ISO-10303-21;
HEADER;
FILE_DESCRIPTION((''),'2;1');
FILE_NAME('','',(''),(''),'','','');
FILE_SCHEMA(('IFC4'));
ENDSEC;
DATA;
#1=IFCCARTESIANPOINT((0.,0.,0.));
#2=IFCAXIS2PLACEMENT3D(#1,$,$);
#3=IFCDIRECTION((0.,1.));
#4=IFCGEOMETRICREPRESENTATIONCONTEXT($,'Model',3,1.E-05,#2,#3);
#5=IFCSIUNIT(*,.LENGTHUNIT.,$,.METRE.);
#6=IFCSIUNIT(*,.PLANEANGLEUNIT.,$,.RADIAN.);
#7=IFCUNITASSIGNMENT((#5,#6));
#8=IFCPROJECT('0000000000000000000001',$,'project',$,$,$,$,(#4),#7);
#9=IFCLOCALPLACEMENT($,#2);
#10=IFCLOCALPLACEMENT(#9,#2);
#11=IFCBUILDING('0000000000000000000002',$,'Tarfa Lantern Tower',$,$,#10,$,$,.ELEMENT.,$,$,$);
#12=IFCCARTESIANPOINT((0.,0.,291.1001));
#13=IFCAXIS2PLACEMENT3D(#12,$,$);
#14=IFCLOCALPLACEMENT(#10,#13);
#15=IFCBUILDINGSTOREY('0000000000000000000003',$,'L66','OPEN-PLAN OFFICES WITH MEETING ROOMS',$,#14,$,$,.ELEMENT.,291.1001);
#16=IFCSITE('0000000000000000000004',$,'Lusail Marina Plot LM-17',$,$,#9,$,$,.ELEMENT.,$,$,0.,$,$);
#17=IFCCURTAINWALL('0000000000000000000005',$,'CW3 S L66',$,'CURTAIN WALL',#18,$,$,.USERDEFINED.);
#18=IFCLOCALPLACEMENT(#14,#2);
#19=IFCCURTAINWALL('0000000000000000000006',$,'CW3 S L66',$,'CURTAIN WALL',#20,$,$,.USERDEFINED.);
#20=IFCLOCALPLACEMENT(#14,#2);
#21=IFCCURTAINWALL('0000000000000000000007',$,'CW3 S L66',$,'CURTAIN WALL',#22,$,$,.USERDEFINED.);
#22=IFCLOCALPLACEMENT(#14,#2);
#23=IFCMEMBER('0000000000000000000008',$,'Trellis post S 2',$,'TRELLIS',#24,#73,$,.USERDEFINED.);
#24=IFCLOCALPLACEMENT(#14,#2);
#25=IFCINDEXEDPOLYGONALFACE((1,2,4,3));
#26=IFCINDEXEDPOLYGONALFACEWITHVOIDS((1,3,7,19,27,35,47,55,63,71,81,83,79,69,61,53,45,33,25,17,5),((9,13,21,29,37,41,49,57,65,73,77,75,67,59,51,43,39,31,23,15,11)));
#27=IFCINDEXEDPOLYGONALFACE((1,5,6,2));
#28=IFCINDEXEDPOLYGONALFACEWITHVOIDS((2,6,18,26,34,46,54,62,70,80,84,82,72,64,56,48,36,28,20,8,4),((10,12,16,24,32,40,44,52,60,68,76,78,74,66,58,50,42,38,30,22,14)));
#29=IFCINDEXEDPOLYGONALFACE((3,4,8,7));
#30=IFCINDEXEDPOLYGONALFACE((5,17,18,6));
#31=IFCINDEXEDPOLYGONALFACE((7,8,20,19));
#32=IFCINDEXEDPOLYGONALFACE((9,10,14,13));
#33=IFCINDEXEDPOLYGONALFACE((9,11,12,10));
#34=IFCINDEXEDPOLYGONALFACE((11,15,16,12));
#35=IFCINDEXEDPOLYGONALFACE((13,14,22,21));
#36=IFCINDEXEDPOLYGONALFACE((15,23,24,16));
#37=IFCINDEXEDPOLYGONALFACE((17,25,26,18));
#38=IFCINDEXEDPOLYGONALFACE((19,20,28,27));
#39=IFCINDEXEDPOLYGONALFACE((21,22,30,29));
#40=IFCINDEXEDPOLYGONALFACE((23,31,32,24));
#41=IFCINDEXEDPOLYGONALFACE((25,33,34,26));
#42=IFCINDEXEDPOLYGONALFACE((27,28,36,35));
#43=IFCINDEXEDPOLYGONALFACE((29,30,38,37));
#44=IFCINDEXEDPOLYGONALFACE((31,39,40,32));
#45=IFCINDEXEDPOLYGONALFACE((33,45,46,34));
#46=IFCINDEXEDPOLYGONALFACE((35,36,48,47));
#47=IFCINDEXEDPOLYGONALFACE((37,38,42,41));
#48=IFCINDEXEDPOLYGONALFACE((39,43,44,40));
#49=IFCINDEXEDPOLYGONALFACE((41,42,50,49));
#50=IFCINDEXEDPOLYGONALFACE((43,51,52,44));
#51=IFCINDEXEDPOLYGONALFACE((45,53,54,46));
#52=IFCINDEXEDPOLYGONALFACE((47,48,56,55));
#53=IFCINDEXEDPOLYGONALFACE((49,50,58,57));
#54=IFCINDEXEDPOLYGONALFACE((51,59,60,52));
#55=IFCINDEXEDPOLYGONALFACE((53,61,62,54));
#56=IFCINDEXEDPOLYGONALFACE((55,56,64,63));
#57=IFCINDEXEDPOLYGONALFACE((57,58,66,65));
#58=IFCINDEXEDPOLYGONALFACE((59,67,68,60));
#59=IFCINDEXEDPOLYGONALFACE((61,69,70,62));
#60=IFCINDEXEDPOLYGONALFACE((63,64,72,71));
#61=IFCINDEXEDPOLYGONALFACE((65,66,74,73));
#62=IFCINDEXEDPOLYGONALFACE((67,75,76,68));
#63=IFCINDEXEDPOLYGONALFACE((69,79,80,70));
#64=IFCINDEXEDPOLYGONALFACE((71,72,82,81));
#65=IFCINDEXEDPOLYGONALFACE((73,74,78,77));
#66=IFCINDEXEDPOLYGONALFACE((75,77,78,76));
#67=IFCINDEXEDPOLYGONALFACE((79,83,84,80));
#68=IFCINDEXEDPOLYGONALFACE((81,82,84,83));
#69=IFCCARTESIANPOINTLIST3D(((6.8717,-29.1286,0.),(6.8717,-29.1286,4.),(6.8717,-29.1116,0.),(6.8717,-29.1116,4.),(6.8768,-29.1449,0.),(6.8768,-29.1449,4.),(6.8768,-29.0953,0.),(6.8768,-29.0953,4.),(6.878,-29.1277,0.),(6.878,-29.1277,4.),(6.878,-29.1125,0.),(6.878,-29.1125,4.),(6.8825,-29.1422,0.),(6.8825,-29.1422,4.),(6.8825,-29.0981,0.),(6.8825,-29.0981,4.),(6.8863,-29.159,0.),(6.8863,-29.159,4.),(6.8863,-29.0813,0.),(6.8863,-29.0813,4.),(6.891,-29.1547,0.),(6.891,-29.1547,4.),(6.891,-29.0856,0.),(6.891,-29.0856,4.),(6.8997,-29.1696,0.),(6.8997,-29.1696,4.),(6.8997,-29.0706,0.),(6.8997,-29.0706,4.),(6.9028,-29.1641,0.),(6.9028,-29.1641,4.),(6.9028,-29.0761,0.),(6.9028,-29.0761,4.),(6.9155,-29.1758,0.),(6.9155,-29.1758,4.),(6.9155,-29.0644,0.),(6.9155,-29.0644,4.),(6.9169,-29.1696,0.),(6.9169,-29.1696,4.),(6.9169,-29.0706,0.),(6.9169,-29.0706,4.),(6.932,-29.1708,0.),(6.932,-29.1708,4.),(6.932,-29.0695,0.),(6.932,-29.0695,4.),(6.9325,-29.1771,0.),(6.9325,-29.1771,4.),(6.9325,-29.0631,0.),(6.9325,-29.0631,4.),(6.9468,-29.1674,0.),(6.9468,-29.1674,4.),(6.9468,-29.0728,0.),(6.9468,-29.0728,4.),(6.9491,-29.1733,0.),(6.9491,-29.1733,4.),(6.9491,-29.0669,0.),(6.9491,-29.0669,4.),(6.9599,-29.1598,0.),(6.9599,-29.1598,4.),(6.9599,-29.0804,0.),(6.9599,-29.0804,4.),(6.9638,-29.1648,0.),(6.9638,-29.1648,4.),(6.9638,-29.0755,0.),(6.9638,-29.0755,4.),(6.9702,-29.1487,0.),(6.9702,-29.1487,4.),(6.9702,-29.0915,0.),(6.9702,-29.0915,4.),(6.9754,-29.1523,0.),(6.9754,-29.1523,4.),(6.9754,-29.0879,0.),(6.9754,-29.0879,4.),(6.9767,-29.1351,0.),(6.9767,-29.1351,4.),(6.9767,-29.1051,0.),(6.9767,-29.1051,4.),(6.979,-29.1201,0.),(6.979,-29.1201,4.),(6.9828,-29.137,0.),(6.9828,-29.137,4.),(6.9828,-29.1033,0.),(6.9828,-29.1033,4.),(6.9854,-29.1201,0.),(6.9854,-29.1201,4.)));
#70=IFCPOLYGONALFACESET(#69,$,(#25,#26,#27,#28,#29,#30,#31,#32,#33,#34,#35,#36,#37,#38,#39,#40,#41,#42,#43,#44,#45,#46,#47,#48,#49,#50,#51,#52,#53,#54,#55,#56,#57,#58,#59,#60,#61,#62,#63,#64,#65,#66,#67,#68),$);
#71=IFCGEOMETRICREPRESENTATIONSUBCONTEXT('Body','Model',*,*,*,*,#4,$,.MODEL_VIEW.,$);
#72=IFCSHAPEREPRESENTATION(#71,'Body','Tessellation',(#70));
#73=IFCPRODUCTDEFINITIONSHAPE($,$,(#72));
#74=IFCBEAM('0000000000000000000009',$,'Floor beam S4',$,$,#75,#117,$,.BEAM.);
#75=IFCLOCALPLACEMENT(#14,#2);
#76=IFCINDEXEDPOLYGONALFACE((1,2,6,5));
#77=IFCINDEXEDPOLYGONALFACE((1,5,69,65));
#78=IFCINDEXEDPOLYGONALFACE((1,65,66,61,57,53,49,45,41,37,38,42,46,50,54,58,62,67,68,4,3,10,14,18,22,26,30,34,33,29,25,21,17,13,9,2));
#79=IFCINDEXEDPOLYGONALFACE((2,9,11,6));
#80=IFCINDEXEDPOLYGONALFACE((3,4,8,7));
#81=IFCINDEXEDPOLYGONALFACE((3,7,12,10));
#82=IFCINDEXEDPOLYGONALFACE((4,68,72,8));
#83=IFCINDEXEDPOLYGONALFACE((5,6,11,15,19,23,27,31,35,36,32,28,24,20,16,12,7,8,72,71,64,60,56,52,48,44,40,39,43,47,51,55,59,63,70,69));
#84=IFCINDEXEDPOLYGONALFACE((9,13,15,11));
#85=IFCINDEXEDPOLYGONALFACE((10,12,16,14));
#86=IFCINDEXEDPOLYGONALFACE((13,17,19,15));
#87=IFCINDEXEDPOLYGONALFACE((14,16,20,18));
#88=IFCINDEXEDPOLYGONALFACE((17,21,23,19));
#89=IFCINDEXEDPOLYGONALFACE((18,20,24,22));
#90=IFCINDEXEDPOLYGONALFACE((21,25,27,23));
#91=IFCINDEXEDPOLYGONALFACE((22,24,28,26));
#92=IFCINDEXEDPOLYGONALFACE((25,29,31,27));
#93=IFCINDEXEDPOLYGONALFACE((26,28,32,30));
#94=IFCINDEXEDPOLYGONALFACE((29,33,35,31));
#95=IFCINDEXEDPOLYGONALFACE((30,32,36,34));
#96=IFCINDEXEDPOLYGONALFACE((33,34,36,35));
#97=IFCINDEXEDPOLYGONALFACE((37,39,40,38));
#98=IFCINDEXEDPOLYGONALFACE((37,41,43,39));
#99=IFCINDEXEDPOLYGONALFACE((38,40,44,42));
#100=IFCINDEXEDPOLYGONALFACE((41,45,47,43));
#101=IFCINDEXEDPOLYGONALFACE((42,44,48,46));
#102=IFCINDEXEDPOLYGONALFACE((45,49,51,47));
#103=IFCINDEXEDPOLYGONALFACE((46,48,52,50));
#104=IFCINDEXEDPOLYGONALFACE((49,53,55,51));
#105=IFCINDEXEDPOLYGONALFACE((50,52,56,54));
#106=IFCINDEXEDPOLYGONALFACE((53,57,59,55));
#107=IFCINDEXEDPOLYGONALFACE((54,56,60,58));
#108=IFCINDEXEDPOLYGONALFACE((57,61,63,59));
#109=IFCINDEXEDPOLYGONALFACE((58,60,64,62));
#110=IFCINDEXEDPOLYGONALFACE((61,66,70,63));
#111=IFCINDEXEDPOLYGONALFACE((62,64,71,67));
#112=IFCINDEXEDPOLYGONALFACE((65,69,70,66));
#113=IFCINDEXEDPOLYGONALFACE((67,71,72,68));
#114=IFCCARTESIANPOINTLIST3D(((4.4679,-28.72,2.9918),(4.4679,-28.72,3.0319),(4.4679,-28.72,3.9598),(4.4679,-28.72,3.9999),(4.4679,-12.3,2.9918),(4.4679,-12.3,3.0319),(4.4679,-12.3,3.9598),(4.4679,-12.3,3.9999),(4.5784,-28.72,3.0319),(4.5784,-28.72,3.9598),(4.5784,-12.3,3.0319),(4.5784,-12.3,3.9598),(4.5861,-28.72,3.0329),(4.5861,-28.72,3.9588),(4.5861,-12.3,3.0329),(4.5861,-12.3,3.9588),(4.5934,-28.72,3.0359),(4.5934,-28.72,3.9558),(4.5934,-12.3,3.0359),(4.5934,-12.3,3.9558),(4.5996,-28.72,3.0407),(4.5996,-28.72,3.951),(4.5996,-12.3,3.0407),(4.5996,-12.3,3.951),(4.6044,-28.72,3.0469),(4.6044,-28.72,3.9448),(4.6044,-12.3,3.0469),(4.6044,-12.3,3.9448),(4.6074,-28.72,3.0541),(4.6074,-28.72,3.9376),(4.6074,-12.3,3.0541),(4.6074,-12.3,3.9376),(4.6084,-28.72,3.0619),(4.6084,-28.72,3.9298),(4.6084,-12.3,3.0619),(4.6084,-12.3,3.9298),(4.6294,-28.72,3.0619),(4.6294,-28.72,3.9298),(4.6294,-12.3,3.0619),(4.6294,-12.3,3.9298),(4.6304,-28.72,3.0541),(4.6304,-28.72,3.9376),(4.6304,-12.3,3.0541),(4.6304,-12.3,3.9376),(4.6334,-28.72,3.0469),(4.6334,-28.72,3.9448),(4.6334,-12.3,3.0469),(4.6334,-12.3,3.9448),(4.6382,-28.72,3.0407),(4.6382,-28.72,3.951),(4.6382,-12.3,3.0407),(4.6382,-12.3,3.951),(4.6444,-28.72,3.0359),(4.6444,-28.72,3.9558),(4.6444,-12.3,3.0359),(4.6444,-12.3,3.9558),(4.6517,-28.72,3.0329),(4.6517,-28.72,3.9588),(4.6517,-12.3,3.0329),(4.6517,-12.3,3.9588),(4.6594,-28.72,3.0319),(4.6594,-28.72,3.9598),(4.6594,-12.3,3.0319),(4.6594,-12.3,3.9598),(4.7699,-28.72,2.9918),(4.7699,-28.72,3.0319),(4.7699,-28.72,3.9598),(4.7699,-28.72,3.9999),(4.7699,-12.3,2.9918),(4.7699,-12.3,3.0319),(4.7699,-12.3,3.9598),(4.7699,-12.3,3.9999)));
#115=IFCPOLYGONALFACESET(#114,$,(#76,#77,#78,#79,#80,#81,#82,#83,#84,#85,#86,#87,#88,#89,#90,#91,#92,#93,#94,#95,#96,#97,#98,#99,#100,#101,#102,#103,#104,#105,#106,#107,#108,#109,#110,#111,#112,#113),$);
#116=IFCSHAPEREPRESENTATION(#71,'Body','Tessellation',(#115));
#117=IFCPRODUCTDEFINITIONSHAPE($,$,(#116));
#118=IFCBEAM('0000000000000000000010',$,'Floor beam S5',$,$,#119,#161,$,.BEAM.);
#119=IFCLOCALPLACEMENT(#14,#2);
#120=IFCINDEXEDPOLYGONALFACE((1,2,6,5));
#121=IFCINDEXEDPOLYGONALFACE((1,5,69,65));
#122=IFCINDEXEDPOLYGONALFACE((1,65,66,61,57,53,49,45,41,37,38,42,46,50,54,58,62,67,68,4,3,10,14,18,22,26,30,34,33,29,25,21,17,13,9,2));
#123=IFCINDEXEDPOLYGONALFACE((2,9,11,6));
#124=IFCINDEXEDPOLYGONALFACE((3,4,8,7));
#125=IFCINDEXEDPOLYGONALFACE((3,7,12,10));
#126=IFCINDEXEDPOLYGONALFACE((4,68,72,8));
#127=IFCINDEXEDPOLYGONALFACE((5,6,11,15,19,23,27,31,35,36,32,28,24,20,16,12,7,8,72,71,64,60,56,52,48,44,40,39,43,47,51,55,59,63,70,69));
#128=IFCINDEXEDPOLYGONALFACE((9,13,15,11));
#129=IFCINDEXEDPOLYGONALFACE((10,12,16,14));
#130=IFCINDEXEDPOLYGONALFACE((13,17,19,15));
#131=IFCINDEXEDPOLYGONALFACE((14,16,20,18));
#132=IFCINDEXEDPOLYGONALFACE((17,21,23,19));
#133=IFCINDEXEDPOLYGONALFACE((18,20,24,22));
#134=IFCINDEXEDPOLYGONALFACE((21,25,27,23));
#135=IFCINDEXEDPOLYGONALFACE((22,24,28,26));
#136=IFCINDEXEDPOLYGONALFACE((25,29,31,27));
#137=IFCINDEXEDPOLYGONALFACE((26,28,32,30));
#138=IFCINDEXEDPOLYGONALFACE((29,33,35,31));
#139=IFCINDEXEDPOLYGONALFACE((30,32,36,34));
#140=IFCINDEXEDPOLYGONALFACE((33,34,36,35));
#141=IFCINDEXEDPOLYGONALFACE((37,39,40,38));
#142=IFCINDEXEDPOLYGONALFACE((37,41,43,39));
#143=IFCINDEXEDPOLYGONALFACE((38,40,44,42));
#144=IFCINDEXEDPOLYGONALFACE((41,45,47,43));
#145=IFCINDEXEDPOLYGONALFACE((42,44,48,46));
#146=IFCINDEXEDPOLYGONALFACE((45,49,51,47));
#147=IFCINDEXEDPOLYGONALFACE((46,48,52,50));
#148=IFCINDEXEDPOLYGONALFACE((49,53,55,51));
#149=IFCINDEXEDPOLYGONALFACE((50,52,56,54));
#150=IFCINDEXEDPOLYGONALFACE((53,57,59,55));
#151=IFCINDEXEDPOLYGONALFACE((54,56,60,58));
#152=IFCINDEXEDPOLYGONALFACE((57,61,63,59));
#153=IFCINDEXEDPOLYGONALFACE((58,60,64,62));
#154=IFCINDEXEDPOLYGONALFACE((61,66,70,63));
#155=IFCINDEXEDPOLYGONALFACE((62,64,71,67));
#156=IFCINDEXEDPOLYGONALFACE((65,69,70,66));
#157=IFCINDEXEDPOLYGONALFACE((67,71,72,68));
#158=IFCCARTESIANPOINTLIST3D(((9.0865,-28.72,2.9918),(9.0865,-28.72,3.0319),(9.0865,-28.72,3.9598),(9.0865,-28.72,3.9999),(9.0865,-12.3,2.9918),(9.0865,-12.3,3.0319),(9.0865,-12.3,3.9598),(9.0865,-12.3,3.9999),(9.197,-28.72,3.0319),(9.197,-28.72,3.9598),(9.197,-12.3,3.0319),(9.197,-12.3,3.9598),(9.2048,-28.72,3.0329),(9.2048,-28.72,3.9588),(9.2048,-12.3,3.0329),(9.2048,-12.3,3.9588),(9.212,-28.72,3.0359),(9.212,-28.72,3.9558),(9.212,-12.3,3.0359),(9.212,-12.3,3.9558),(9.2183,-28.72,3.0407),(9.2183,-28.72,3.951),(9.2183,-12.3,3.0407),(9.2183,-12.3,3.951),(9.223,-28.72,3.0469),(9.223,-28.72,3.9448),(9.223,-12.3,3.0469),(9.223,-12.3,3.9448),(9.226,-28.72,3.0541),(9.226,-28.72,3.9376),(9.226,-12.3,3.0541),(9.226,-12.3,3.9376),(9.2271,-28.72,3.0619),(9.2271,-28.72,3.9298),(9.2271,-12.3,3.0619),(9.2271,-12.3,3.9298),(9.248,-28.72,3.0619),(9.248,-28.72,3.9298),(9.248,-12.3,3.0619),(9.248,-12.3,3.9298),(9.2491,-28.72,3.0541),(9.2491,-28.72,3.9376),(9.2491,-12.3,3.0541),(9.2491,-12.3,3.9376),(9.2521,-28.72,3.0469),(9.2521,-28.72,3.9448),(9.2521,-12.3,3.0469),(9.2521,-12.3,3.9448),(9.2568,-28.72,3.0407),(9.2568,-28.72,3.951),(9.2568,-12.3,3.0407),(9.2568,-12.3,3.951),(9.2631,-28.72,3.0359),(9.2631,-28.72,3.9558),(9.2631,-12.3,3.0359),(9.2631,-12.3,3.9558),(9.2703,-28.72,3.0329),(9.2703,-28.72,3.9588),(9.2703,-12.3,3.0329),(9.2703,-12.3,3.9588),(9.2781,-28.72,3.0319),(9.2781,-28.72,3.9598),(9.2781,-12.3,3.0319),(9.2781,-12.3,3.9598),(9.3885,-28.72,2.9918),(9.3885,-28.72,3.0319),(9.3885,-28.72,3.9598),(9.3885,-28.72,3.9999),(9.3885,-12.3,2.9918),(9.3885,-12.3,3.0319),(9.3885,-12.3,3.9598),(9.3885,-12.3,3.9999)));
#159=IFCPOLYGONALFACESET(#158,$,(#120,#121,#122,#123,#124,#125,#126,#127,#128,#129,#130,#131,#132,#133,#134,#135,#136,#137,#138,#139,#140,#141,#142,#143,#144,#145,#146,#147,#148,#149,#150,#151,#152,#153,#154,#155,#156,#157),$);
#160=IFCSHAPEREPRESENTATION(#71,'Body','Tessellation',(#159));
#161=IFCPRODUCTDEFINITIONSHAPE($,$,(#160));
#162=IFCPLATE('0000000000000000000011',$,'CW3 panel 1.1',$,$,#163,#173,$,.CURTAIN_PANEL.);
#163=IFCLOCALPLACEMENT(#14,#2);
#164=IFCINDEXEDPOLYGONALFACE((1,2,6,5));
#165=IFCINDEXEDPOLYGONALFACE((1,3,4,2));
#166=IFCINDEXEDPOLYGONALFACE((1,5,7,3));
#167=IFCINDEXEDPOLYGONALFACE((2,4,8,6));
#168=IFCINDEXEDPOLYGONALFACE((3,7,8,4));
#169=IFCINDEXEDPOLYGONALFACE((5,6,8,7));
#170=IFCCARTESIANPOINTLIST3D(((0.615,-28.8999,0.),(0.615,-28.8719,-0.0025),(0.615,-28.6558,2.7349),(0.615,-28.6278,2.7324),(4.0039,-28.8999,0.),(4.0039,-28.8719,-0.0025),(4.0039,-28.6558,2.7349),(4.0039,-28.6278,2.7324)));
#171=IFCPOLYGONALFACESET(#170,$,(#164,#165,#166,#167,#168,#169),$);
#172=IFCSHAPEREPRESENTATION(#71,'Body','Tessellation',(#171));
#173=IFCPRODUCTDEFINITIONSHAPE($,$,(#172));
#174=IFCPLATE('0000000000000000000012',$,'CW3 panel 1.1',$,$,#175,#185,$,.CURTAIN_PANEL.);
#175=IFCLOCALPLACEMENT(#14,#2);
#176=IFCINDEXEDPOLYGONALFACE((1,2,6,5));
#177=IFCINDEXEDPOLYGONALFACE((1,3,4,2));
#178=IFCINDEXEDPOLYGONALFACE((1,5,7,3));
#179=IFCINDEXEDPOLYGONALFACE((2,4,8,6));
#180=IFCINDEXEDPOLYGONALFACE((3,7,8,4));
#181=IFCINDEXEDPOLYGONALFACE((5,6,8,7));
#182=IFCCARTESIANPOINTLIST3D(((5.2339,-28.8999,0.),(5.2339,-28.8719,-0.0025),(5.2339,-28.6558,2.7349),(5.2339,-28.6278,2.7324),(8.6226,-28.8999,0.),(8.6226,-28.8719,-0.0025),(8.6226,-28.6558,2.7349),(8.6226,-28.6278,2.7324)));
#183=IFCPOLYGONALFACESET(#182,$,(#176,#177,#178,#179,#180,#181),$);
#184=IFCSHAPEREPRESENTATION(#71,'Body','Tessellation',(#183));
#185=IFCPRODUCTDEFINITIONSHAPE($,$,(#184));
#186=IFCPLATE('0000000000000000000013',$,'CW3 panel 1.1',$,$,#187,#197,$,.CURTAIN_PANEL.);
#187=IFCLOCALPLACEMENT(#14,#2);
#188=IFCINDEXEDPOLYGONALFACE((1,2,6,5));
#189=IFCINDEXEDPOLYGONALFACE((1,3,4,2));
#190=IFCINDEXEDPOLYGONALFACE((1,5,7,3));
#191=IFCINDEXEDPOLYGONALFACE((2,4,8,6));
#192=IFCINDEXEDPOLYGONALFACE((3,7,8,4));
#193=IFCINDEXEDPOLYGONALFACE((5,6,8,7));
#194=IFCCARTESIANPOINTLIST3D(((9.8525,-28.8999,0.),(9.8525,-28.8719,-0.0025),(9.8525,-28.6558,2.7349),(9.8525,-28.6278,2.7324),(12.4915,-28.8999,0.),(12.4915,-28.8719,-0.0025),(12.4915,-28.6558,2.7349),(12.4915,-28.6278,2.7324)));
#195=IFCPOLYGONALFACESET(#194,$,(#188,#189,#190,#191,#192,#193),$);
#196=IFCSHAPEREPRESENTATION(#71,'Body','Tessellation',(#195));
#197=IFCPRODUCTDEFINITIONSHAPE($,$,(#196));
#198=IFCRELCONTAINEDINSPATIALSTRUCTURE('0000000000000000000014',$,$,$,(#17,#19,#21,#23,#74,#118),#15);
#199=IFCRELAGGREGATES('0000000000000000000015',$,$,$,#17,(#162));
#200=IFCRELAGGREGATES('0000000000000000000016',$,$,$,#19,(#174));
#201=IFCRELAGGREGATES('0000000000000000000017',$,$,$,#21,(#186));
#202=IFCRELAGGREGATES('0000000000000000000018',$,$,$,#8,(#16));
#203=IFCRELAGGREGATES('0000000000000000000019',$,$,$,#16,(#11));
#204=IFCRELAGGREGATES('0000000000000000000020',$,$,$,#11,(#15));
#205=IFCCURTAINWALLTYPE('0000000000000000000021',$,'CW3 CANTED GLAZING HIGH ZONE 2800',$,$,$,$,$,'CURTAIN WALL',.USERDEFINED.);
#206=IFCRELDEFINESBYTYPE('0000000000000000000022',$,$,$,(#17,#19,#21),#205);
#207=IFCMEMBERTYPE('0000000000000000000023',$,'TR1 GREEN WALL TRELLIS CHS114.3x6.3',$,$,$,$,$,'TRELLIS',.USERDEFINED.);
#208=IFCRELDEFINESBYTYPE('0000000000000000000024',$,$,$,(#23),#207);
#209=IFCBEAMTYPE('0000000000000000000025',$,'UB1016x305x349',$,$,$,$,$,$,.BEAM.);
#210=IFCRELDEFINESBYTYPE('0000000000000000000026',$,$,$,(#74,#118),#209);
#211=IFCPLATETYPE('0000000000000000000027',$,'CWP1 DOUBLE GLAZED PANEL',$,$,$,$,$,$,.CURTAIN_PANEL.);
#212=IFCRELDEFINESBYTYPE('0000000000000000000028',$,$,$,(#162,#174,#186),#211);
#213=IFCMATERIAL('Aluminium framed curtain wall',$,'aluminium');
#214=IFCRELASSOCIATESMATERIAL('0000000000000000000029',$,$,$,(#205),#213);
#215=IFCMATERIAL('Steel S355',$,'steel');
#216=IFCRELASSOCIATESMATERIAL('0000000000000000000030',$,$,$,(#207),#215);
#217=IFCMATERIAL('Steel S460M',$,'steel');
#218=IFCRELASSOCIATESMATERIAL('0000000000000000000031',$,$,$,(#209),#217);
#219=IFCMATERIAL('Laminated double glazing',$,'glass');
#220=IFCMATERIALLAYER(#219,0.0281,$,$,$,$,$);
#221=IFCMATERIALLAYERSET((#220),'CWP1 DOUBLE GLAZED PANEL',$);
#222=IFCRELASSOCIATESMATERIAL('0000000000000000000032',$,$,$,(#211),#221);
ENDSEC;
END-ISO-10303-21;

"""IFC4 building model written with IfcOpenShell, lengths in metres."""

from ifc_helpers import new_model, si_unit, direction, frame, origin, origin_2d, place, context, subcontext, project, spatial, polyline, hollow_circle, i_section, outline, extrude, material, layer, layer_set, material_profile, profile_set, type_object, element, aggregate, save


model = new_model("IFC4")

# Units and contexts
model_context = context("Model", 3, precision=1e-05, world=origin(), true_north=direction((0.0, 1.0)))
body_context = subcontext(model_context, "Body", "Model", "MODEL_VIEW")
ifc_project = project(units=[si_unit("LENGTHUNIT", "METRE"), si_unit("PLANEANGLEUNIT", "RADIAN")], contexts=[model_context])

# Site, building, storey
site_placement = place(None, origin())
site = spatial("IfcSite", under=ifc_project, at=site_placement, Name="Lusail Marina Plot LM-17", CompositionType="ELEMENT", RefElevation=0.0)
building_placement = place(site_placement, origin())
building = spatial("IfcBuilding", under=site, at=building_placement, Name="Tarfa Lantern Tower", CompositionType="ELEMENT")
storey_placement = place(building_placement, frame((0.0, 0.0, 291.1001)))
storey = spatial("IfcBuildingStorey", under=building, at=storey_placement, Name="L66", Description="OPEN-PLAN OFFICES WITH MEETING ROOMS", CompositionType="ELEMENT", Elevation=291.1001)

# Curtain walls
ifc_material_1 = material(Name="Aluminium framed curtain wall", Category="aluminium")
curtain_wall_type = type_object("IfcCurtainWallType", Name="CW3 CANTED GLAZING HIGH ZONE 2800", ElementType="CURTAIN WALL", PredefinedType="USERDEFINED", material=ifc_material_1)
curtain_wall_1_placement = place(storey_placement, origin())
curtain_wall_1 = element("IfcCurtainWall", 1, at=curtain_wall_1_placement, inside=storey, type_object=curtain_wall_type, Name="CW3 S L66", ObjectType="CURTAIN WALL", PredefinedType="USERDEFINED")
curtain_wall_2_placement = place(storey_placement, origin())
curtain_wall_2 = element("IfcCurtainWall", 2, at=curtain_wall_2_placement, inside=storey, type_object=curtain_wall_type, Name="CW3 S L66", ObjectType="CURTAIN WALL", PredefinedType="USERDEFINED")

# Curtain wall
curtain_wall_3_placement = place(storey_placement, origin())
curtain_wall_3 = element("IfcCurtainWall", 3, at=curtain_wall_3_placement, inside=storey, type_object=curtain_wall_type, Name="CW3 S L66", ObjectType="CURTAIN WALL", PredefinedType="USERDEFINED")

# Member
ifc_material_2 = material(Name="Steel S355", Category="steel")
ifc_material_profile_1 = material_profile(ifc_material_2, hollow_circle(Radius=0.0571, WallThickness=0.0063, at=origin_2d()), Name="CHS114.3x6.3")
ifc_profile_set_1 = profile_set([ifc_material_profile_1], Name="Steel S355")
member_type_1 = type_object("IfcMemberType", Name="TR1 GREEN WALL TRELLIS CHS114.3x6.3", ElementType="TRELLIS", PredefinedType="USERDEFINED", material=ifc_profile_set_1)
member_1_placement = place(storey_placement, frame((6.9282, -29.1201, 0.0), z_axis=(0.0, 0.0, 1.0), x_axis=(1.0, 0.0, 0.0)))
element("IfcMember", 4, at=member_1_placement, inside=storey, type_object=member_type_1, Name="Trellis post S 2", ObjectType="TRELLIS", PredefinedType="USERDEFINED", context=body_context, shape_type="SweptSolid", body=[
    extrude(hollow_circle(Radius=0.0571, WallThickness=0.0063, at=origin_2d()), origin(), (0.0, 0.0, 1.0), 4.0),
])

# Beams
ifc_material_3 = material(Name="Steel S460M", Category="steel")
ifc_material_profile_2 = material_profile(ifc_material_3, i_section(OverallWidth=0.302, OverallDepth=1.0081, WebThickness=0.021, FlangeThickness=0.04, FilletRadius=0.03, at=origin_2d()), Name="UB1016x305x349")
ifc_profile_set_2 = profile_set([ifc_material_profile_2], Name="Steel S460M")
beam_type_1 = type_object("IfcBeamType", Name="UB1016x305x349", PredefinedType="BEAM", material=ifc_profile_set_2)
for number, where, z_axis, x_axis, name in (
    (5, (4.6189, -28.72, 3.4958), (0.0, 1.0, 0.0), (-1.0, 0.0, 0.0), "Floor beam S4"),
    (6, (9.2375, -28.72, 3.4958), (0.0, 1.0, 0.0), (-1.0, 0.0, 0.0), "Floor beam S5"),
):
    element("IfcBeam", number, at=place(storey_placement, frame(where, z_axis=z_axis, x_axis=x_axis)), inside=storey, type_object=beam_type_1, Name=name, PredefinedType="BEAM", context=body_context, shape_type="SweptSolid", body=[
        extrude(i_section(OverallWidth=0.302, OverallDepth=1.0081, WebThickness=0.021, FlangeThickness=0.04, FilletRadius=0.03, at=origin_2d()), origin(), (0.0, 0.0, 1.0), 16.4199),
    ])

# Plates
ifc_material_4 = material(Name="Laminated double glazing", Category="glass")
ifc_layer = layer(ifc_material_4, 0.0281)
ifc_layer_set = layer_set([ifc_layer], Name="CWP1 DOUBLE GLAZED PANEL")
plate_type = type_object("IfcPlateType", Name="CWP1 DOUBLE GLAZED PANEL", PredefinedType="CURTAIN_PANEL", material=ifc_layer_set)
plate_1_placement = place(storey_placement, frame((0.615, -28.8999, 0.0), z_axis=(0.0, -0.996039, 0.088916), x_axis=(1.0, 0.0, 0.0)))
plate_1 = element("IfcPlate", 7, at=plate_1_placement, type_object=plate_type, Name="CW3 panel 1.1", PredefinedType="CURTAIN_PANEL", context=body_context, shape_type="SweptSolid", body=[
    extrude(outline(polyline([(0.0, 0.0), (3.3889, 0.0), (3.3889, 2.7457), (0.0, 2.7457), (0.0, 0.0)])), origin(), (0.0, 0.0, -1.0), 0.0281),
])
aggregate(curtain_wall_1, [plate_1])
plate_2_placement = place(storey_placement, frame((5.2339, -28.8999, 0.0), z_axis=(0.0, -0.996039, 0.088916), x_axis=(1.0, 0.0, 0.0)))
plate_2 = element("IfcPlate", 8, at=plate_2_placement, type_object=plate_type, Name="CW3 panel 1.1", PredefinedType="CURTAIN_PANEL", context=body_context, shape_type="SweptSolid", body=[
    extrude(outline(polyline([(0.0, 0.0), (3.3887, 0.0), (3.3887, 2.7457), (0.0, 2.7457), (0.0, 0.0)])), origin(), (0.0, 0.0, -1.0), 0.0281),
])
aggregate(curtain_wall_2, [plate_2])
plate_3_placement = place(storey_placement, frame((9.8525, -28.8999, 0.0), z_axis=(0.0, -0.996039, 0.088916), x_axis=(1.0, 0.0, 0.0)))
plate_3 = element("IfcPlate", 9, at=plate_3_placement, type_object=plate_type, Name="CW3 panel 1.1", PredefinedType="CURTAIN_PANEL", context=body_context, shape_type="SweptSolid", body=[
    extrude(outline(polyline([(0.0, 0.0), (2.6389, 0.0), (2.6389, 2.7457), (0.0, 2.7457), (0.0, 0.0)])), origin(), (0.0, 0.0, -1.0), 0.0281),
])
aggregate(curtain_wall_3, [plate_3])

save(model, "model.ifc")
